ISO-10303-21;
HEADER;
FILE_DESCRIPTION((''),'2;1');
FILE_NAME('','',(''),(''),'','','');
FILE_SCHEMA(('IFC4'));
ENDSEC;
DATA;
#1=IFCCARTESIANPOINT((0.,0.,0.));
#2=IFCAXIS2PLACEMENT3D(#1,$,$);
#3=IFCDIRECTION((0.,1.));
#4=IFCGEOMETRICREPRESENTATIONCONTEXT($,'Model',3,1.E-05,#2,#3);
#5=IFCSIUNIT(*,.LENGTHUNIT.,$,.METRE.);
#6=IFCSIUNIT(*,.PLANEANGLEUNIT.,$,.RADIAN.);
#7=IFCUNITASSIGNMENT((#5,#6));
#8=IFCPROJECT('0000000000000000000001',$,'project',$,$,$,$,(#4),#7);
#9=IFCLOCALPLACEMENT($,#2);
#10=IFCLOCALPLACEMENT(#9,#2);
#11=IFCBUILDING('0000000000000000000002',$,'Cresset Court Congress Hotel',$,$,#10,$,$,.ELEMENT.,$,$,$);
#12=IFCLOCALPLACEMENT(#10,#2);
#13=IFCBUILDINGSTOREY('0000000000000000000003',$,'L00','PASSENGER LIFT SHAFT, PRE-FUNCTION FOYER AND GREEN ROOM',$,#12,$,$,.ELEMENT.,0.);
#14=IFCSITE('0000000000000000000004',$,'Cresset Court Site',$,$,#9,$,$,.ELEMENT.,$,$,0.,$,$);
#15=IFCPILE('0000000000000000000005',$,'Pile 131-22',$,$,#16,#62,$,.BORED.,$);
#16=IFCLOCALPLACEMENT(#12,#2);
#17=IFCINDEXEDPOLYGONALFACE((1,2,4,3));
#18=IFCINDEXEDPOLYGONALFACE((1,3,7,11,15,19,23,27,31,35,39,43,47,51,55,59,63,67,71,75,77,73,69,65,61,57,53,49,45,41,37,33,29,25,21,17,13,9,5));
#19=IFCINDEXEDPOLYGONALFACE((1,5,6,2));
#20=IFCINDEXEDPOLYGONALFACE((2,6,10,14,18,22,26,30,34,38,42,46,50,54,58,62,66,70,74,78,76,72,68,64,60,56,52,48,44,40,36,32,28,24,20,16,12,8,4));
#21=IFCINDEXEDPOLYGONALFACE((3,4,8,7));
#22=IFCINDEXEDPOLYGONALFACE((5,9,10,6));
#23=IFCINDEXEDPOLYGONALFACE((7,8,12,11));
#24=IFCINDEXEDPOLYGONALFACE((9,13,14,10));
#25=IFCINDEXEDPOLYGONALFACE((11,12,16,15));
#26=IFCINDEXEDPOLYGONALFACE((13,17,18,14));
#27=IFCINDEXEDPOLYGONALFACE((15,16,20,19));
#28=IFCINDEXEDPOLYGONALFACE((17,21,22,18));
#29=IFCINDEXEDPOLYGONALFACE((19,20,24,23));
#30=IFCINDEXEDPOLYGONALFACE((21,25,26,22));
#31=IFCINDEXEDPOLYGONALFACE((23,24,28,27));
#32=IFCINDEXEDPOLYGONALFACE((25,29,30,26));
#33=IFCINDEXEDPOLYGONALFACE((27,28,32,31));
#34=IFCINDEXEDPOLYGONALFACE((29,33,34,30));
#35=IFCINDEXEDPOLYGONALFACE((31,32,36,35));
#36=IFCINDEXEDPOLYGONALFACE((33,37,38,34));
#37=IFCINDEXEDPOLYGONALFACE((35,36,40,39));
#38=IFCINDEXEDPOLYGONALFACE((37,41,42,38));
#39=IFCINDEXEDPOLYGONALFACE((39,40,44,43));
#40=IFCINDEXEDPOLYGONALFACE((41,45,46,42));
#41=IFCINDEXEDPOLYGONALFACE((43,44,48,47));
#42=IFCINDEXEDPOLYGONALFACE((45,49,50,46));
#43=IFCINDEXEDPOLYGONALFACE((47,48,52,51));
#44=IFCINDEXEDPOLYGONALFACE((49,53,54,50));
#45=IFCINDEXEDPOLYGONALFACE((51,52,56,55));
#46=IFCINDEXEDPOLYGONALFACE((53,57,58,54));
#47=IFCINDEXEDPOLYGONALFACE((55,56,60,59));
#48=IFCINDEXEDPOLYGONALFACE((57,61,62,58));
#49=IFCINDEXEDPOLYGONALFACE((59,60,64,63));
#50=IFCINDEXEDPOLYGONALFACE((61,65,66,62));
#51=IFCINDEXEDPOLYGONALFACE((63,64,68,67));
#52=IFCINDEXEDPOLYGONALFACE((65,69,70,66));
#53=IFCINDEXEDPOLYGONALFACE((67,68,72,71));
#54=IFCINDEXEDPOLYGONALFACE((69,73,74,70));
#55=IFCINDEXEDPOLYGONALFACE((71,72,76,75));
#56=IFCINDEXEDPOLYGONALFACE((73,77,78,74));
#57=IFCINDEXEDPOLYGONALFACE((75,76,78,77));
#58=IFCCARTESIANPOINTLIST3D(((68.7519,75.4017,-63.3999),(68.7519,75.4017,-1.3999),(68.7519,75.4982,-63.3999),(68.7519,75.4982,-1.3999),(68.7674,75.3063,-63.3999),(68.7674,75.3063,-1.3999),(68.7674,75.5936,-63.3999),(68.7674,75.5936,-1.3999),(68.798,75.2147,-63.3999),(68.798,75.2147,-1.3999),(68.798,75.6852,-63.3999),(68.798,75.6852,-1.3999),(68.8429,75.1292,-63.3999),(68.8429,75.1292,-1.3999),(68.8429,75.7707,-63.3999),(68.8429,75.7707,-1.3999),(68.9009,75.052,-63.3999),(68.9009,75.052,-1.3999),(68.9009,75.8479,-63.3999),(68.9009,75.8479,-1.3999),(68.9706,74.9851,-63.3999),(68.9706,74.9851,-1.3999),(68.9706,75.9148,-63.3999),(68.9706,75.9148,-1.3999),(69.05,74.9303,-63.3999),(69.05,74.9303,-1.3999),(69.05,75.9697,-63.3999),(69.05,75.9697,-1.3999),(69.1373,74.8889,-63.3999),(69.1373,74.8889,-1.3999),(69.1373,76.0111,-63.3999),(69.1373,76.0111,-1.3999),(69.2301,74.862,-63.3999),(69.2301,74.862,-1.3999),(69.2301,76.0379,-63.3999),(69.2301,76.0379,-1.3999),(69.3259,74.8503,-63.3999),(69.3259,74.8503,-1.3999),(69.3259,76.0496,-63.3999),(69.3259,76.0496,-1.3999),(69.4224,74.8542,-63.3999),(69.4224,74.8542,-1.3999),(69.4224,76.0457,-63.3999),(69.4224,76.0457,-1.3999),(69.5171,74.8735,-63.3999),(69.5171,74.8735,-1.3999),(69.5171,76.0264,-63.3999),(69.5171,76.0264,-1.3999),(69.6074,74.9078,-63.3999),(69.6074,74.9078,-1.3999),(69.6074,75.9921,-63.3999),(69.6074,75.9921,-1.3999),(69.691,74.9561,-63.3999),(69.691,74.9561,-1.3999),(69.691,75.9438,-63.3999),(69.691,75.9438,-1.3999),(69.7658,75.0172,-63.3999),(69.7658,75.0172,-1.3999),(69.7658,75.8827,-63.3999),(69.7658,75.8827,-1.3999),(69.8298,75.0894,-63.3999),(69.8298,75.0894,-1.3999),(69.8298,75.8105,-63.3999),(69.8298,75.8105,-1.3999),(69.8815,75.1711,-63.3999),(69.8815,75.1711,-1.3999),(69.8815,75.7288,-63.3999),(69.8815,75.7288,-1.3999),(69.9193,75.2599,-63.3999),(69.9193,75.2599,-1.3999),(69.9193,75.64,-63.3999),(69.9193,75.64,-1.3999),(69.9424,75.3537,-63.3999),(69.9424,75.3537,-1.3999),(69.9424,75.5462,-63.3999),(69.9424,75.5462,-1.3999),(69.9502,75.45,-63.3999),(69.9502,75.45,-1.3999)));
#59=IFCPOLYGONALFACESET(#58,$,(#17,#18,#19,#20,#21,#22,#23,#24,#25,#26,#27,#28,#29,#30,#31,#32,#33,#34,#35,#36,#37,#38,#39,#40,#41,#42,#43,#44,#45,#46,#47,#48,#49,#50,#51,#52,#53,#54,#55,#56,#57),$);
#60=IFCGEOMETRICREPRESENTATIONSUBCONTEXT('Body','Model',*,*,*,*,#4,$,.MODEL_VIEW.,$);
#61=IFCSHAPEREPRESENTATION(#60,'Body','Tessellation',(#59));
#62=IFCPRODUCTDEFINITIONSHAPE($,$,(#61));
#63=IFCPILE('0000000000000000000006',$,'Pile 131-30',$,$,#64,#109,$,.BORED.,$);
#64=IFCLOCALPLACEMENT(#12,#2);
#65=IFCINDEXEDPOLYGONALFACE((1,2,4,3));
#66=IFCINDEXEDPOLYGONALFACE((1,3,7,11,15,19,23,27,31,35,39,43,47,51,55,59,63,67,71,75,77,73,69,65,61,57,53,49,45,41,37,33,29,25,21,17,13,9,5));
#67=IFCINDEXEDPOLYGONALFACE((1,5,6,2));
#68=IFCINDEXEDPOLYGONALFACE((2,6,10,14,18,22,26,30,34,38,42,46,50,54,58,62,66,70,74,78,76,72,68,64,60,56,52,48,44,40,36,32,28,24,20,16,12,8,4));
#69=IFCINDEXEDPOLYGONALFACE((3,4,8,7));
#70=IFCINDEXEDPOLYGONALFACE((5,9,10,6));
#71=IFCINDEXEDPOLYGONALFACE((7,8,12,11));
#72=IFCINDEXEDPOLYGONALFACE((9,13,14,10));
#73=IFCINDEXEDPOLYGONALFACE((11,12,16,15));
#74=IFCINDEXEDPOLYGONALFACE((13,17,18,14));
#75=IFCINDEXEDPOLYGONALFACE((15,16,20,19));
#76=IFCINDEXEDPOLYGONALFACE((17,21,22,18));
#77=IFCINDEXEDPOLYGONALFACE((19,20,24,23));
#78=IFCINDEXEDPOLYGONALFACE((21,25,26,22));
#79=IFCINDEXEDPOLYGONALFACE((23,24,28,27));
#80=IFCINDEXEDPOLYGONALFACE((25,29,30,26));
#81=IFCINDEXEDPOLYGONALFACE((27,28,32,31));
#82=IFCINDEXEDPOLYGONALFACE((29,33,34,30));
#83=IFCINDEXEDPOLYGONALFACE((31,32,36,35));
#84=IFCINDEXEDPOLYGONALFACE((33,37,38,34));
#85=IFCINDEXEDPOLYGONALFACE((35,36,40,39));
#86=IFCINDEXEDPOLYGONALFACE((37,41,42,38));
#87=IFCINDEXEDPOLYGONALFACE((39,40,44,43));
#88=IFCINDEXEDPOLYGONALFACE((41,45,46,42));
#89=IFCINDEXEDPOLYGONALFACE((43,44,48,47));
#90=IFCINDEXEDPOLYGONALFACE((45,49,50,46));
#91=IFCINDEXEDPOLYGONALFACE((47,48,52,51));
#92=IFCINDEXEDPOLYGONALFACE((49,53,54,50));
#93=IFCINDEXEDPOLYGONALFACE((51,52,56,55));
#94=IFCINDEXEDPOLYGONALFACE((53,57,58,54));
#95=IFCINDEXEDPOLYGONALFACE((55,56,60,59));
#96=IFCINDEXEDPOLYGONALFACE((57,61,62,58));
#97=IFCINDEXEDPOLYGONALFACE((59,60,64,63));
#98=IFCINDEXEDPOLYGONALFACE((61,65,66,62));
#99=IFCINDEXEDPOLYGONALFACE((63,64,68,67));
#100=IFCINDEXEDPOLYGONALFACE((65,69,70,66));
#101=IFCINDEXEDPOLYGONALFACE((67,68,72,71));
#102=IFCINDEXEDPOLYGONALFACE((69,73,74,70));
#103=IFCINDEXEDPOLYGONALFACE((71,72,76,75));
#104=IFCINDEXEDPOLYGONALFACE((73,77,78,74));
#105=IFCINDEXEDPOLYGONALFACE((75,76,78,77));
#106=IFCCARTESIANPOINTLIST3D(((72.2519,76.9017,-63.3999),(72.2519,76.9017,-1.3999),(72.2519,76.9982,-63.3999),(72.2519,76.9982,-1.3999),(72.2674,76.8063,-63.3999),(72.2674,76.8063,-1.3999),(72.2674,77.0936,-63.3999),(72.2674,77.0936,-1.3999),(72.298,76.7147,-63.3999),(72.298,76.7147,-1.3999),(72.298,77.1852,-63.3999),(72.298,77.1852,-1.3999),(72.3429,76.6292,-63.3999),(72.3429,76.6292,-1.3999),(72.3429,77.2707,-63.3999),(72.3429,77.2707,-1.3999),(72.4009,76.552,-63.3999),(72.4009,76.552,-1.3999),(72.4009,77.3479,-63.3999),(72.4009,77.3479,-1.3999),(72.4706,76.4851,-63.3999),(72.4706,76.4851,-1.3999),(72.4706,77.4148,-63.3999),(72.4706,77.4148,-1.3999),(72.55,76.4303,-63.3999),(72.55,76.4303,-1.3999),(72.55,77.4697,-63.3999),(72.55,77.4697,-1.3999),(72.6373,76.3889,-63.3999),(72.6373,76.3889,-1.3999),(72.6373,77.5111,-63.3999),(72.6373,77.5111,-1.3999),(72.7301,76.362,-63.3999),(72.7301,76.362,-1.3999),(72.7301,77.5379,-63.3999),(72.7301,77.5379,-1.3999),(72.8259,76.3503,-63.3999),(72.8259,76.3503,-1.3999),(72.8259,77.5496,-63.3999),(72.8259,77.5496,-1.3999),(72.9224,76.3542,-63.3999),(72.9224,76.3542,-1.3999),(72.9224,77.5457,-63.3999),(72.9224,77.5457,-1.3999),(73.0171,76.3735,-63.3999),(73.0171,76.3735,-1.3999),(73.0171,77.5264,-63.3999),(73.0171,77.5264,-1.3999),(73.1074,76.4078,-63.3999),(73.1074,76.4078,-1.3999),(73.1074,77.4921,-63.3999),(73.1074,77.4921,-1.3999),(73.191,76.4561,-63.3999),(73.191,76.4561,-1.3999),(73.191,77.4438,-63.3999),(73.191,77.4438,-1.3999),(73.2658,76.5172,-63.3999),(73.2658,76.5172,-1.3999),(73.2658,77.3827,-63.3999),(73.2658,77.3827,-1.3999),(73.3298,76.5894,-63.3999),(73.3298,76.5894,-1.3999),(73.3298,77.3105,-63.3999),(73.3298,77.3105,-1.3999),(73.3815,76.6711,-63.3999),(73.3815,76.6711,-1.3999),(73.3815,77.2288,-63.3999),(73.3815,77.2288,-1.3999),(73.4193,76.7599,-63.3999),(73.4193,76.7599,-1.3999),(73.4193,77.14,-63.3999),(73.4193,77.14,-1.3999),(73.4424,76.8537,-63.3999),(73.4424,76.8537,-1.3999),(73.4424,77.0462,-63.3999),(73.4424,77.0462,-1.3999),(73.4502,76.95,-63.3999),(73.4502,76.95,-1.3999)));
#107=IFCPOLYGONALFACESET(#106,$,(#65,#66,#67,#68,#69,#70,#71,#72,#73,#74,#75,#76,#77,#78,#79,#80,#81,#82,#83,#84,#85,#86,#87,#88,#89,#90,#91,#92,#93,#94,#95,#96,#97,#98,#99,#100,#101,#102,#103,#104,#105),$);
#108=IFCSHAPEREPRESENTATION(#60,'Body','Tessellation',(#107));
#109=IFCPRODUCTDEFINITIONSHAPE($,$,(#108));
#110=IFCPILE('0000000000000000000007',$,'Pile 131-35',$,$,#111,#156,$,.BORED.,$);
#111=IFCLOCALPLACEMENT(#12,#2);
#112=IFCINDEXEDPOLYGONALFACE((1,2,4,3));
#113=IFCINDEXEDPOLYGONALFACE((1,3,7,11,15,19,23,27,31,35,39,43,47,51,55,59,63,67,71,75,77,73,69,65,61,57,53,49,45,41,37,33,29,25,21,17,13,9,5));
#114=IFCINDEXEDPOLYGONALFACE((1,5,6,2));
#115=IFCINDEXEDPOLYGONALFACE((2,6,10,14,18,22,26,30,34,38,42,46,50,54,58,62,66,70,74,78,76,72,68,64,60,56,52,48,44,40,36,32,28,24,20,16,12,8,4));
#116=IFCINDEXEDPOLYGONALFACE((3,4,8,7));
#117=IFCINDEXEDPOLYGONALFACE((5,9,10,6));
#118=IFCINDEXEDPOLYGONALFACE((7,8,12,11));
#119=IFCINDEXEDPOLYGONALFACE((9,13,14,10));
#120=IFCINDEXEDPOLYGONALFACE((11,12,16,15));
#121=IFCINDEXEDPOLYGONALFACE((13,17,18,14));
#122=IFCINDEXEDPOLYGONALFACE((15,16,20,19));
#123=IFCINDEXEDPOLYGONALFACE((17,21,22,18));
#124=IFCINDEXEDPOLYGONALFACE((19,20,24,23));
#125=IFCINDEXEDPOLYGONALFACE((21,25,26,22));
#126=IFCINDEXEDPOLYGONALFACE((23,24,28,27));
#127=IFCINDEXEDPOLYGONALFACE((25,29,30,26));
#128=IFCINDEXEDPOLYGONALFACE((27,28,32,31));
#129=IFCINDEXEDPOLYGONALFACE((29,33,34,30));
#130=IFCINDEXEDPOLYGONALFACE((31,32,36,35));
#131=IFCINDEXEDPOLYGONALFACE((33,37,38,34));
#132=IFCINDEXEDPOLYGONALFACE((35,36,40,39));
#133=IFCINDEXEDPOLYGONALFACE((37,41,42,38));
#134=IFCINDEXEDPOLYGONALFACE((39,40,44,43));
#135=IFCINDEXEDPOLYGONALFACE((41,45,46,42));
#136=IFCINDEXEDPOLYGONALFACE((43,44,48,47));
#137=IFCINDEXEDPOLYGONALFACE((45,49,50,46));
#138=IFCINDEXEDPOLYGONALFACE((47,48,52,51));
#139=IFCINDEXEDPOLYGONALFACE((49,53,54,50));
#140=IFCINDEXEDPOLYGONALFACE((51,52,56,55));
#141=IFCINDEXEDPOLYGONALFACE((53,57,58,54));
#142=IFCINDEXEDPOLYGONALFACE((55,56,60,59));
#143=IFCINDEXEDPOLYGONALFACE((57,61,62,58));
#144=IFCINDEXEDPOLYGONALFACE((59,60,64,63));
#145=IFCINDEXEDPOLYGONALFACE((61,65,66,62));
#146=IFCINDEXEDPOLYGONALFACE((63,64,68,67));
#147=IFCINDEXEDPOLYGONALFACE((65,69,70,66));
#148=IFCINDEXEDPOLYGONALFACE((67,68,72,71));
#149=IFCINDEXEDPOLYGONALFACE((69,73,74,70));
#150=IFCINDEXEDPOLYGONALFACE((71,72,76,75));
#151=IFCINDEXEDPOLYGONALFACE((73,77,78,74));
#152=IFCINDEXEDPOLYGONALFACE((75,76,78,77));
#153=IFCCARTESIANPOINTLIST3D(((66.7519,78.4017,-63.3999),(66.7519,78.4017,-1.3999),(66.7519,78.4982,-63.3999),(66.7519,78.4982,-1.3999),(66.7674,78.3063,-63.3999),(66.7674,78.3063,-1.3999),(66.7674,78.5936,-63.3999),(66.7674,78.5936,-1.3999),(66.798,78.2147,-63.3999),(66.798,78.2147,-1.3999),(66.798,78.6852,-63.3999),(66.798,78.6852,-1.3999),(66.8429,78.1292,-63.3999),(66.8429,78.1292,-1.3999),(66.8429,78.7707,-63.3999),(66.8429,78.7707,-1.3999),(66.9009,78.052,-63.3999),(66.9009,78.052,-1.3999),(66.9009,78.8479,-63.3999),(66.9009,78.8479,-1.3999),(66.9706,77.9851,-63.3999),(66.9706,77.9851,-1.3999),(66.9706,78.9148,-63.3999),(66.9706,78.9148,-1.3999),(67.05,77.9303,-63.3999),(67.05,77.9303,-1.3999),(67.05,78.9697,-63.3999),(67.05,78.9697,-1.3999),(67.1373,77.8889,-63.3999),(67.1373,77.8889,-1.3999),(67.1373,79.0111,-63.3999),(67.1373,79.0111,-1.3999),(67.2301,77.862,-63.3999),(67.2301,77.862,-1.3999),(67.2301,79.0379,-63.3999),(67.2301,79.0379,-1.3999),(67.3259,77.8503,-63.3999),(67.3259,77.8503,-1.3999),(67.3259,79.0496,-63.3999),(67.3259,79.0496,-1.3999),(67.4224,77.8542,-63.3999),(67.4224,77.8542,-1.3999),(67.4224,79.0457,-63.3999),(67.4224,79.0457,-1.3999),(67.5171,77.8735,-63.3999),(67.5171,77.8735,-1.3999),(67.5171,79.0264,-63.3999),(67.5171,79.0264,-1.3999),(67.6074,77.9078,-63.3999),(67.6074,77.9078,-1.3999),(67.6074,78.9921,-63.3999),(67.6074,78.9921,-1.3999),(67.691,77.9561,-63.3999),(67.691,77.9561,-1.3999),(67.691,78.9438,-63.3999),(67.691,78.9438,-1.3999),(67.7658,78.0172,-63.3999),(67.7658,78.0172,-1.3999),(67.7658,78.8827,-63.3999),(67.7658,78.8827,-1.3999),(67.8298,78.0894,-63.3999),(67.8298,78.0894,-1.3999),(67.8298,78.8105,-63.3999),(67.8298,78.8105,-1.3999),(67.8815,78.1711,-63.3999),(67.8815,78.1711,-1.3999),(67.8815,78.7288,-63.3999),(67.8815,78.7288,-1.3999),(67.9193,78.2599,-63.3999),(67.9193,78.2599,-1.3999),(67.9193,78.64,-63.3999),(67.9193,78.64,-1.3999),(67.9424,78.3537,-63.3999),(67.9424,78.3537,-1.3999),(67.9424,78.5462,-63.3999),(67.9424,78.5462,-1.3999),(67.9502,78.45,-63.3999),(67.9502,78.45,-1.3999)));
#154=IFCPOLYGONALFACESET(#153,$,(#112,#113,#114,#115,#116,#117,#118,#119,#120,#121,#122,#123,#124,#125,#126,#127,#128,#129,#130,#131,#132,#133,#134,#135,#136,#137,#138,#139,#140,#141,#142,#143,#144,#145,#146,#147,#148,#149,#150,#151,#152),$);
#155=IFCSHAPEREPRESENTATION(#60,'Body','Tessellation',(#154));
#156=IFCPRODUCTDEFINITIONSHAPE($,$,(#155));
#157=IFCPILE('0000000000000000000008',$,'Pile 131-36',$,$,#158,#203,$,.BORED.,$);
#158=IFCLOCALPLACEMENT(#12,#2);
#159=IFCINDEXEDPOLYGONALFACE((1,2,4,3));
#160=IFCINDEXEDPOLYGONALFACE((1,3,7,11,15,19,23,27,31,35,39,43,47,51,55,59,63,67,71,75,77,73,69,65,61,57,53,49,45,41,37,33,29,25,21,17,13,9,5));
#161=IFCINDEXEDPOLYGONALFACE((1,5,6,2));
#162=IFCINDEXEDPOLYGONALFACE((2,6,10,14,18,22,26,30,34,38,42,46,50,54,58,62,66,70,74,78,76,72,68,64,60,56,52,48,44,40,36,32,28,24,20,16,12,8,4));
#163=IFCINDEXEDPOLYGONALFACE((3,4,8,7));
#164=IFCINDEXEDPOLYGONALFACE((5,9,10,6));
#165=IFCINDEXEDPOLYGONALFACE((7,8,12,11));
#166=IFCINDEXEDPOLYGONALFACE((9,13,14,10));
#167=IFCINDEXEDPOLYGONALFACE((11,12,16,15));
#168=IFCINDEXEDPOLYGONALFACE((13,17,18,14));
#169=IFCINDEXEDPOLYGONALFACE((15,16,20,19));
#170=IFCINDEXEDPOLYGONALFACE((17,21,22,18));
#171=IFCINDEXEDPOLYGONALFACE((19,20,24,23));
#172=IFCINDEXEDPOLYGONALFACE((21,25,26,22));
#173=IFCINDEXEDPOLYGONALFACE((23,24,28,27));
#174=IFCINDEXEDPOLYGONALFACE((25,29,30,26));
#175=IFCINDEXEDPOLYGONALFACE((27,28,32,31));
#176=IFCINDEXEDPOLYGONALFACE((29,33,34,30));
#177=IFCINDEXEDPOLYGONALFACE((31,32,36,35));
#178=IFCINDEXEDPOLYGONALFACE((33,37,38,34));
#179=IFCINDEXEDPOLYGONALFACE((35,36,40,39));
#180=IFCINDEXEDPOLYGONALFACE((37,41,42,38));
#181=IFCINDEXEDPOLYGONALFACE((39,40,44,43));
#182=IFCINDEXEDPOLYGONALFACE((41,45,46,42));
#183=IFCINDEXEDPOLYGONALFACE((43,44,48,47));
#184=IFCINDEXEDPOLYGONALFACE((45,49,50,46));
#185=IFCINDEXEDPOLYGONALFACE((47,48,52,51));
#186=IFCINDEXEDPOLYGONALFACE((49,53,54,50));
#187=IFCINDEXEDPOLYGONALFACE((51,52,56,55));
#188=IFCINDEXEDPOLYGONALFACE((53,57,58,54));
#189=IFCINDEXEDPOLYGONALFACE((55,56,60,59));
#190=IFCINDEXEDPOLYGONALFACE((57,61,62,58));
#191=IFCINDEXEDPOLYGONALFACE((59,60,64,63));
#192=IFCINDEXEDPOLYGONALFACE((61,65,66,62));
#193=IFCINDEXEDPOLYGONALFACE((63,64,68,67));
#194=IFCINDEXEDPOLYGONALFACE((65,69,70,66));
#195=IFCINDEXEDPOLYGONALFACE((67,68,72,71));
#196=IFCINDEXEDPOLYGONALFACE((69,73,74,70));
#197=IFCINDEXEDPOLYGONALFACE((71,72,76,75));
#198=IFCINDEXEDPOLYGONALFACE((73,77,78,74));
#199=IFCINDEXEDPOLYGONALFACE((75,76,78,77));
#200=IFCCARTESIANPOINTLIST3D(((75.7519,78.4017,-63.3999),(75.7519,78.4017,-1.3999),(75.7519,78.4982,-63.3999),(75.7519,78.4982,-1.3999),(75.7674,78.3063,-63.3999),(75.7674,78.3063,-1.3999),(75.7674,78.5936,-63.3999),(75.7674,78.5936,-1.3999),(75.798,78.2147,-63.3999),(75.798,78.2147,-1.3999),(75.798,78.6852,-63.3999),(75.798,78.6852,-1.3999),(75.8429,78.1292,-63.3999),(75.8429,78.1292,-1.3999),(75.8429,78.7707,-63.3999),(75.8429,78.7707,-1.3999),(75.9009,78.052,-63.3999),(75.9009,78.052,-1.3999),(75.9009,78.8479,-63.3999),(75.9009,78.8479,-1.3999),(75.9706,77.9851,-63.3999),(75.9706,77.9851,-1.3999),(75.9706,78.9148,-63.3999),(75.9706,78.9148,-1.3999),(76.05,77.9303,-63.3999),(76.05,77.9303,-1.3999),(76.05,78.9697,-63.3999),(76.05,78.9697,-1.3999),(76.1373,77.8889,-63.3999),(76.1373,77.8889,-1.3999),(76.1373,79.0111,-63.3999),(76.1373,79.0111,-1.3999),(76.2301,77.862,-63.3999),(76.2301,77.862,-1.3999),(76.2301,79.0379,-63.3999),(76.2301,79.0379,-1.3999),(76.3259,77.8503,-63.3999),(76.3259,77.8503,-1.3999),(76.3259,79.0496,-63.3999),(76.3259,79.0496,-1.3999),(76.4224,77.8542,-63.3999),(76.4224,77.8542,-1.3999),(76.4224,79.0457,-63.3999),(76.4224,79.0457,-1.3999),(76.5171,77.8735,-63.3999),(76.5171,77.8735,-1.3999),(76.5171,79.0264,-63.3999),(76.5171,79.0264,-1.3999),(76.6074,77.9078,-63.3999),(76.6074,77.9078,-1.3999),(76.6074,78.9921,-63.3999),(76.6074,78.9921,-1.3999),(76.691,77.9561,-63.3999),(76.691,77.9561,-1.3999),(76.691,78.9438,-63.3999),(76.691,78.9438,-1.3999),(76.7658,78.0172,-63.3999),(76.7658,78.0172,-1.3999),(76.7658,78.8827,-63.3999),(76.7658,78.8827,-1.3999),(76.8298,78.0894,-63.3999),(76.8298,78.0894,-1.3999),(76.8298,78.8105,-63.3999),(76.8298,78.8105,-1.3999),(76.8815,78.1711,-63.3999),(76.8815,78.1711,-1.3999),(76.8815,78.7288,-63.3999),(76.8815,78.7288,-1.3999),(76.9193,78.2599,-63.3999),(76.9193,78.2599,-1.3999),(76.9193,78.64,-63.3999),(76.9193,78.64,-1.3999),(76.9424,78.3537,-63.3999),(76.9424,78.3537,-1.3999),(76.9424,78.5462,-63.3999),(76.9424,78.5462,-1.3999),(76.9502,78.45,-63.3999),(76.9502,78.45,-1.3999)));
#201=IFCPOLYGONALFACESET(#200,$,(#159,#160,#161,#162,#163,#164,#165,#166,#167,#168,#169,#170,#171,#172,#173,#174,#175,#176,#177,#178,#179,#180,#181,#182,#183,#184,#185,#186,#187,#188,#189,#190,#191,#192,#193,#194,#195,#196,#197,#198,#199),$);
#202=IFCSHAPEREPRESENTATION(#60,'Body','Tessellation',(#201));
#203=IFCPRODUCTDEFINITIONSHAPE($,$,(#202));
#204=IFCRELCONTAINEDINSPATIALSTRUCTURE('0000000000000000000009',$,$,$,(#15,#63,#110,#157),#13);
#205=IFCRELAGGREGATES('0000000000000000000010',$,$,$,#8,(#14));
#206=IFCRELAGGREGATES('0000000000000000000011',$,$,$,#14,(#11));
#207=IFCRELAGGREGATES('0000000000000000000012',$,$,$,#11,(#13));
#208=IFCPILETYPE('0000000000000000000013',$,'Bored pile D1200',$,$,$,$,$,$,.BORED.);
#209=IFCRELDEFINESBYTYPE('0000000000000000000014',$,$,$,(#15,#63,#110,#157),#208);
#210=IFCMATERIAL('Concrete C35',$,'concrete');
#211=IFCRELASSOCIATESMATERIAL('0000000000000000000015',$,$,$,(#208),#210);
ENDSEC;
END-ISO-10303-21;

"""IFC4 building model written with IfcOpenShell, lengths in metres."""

from ifc_helpers import new_model, si_unit, direction, frame, origin, origin_2d, place, context, subcontext, project, spatial, circle, extrude, material, type_object, element, save


model = new_model("IFC4")

# Units and contexts
model_context = context("Model", 3, precision=1e-05, world=origin(), true_north=direction((0.0, 1.0)))
body_context = subcontext(model_context, "Body", "Model", "MODEL_VIEW")
ifc_project = project(units=[si_unit("LENGTHUNIT", "METRE"), si_unit("PLANEANGLEUNIT", "RADIAN")], contexts=[model_context])

# Site, building, storey
site_placement = place(None, origin())
site = spatial("IfcSite", under=ifc_project, at=site_placement, Name="Cresset Court Site", CompositionType="ELEMENT", RefElevation=0.0)
building_placement = place(site_placement, origin())
building = spatial("IfcBuilding", under=site, at=building_placement, Name="Cresset Court Congress Hotel", CompositionType="ELEMENT")
storey_placement = place(building_placement, origin())
storey = spatial("IfcBuildingStorey", under=building, at=storey_placement, Name="L00", Description="PASSENGER LIFT SHAFT, PRE-FUNCTION FOYER AND GREEN ROOM", CompositionType="ELEMENT", Elevation=0.0)

# Piles
ifc_material_1 = material(Name="Concrete C35", Category="concrete")
pile_type = type_object("IfcPileType", Name="Bored pile D1200", PredefinedType="BORED", material=ifc_material_1)
for number, where, z_axis, x_axis, name in (
    (1, (69.3501, 75.45, -1.3999), (0.0, 0.0, -1.0), (1.0, 0.0, 0.0), "Pile 131-22"),
    (2, (72.8501, 76.95, -1.3999), (0.0, 0.0, -1.0), (1.0, 0.0, 0.0), "Pile 131-30"),
    (3, (67.3501, 78.45, -1.3999), (0.0, 0.0, -1.0), (1.0, 0.0, 0.0), "Pile 131-35"),
    (4, (76.3501, 78.45, -1.3999), (0.0, 0.0, -1.0), (1.0, 0.0, 0.0), "Pile 131-36"),
):
    element("IfcPile", number, at=place(storey_placement, frame(where, z_axis=z_axis, x_axis=x_axis)), inside=storey, type_object=pile_type, Name=name, PredefinedType="BORED", context=body_context, shape_type="SweptSolid", body=[
        extrude(circle(Radius=0.6001, at=origin_2d()), origin(), (0.0, 0.0, 1.0), 62.0),
    ])

save(model, "model.ifc")
